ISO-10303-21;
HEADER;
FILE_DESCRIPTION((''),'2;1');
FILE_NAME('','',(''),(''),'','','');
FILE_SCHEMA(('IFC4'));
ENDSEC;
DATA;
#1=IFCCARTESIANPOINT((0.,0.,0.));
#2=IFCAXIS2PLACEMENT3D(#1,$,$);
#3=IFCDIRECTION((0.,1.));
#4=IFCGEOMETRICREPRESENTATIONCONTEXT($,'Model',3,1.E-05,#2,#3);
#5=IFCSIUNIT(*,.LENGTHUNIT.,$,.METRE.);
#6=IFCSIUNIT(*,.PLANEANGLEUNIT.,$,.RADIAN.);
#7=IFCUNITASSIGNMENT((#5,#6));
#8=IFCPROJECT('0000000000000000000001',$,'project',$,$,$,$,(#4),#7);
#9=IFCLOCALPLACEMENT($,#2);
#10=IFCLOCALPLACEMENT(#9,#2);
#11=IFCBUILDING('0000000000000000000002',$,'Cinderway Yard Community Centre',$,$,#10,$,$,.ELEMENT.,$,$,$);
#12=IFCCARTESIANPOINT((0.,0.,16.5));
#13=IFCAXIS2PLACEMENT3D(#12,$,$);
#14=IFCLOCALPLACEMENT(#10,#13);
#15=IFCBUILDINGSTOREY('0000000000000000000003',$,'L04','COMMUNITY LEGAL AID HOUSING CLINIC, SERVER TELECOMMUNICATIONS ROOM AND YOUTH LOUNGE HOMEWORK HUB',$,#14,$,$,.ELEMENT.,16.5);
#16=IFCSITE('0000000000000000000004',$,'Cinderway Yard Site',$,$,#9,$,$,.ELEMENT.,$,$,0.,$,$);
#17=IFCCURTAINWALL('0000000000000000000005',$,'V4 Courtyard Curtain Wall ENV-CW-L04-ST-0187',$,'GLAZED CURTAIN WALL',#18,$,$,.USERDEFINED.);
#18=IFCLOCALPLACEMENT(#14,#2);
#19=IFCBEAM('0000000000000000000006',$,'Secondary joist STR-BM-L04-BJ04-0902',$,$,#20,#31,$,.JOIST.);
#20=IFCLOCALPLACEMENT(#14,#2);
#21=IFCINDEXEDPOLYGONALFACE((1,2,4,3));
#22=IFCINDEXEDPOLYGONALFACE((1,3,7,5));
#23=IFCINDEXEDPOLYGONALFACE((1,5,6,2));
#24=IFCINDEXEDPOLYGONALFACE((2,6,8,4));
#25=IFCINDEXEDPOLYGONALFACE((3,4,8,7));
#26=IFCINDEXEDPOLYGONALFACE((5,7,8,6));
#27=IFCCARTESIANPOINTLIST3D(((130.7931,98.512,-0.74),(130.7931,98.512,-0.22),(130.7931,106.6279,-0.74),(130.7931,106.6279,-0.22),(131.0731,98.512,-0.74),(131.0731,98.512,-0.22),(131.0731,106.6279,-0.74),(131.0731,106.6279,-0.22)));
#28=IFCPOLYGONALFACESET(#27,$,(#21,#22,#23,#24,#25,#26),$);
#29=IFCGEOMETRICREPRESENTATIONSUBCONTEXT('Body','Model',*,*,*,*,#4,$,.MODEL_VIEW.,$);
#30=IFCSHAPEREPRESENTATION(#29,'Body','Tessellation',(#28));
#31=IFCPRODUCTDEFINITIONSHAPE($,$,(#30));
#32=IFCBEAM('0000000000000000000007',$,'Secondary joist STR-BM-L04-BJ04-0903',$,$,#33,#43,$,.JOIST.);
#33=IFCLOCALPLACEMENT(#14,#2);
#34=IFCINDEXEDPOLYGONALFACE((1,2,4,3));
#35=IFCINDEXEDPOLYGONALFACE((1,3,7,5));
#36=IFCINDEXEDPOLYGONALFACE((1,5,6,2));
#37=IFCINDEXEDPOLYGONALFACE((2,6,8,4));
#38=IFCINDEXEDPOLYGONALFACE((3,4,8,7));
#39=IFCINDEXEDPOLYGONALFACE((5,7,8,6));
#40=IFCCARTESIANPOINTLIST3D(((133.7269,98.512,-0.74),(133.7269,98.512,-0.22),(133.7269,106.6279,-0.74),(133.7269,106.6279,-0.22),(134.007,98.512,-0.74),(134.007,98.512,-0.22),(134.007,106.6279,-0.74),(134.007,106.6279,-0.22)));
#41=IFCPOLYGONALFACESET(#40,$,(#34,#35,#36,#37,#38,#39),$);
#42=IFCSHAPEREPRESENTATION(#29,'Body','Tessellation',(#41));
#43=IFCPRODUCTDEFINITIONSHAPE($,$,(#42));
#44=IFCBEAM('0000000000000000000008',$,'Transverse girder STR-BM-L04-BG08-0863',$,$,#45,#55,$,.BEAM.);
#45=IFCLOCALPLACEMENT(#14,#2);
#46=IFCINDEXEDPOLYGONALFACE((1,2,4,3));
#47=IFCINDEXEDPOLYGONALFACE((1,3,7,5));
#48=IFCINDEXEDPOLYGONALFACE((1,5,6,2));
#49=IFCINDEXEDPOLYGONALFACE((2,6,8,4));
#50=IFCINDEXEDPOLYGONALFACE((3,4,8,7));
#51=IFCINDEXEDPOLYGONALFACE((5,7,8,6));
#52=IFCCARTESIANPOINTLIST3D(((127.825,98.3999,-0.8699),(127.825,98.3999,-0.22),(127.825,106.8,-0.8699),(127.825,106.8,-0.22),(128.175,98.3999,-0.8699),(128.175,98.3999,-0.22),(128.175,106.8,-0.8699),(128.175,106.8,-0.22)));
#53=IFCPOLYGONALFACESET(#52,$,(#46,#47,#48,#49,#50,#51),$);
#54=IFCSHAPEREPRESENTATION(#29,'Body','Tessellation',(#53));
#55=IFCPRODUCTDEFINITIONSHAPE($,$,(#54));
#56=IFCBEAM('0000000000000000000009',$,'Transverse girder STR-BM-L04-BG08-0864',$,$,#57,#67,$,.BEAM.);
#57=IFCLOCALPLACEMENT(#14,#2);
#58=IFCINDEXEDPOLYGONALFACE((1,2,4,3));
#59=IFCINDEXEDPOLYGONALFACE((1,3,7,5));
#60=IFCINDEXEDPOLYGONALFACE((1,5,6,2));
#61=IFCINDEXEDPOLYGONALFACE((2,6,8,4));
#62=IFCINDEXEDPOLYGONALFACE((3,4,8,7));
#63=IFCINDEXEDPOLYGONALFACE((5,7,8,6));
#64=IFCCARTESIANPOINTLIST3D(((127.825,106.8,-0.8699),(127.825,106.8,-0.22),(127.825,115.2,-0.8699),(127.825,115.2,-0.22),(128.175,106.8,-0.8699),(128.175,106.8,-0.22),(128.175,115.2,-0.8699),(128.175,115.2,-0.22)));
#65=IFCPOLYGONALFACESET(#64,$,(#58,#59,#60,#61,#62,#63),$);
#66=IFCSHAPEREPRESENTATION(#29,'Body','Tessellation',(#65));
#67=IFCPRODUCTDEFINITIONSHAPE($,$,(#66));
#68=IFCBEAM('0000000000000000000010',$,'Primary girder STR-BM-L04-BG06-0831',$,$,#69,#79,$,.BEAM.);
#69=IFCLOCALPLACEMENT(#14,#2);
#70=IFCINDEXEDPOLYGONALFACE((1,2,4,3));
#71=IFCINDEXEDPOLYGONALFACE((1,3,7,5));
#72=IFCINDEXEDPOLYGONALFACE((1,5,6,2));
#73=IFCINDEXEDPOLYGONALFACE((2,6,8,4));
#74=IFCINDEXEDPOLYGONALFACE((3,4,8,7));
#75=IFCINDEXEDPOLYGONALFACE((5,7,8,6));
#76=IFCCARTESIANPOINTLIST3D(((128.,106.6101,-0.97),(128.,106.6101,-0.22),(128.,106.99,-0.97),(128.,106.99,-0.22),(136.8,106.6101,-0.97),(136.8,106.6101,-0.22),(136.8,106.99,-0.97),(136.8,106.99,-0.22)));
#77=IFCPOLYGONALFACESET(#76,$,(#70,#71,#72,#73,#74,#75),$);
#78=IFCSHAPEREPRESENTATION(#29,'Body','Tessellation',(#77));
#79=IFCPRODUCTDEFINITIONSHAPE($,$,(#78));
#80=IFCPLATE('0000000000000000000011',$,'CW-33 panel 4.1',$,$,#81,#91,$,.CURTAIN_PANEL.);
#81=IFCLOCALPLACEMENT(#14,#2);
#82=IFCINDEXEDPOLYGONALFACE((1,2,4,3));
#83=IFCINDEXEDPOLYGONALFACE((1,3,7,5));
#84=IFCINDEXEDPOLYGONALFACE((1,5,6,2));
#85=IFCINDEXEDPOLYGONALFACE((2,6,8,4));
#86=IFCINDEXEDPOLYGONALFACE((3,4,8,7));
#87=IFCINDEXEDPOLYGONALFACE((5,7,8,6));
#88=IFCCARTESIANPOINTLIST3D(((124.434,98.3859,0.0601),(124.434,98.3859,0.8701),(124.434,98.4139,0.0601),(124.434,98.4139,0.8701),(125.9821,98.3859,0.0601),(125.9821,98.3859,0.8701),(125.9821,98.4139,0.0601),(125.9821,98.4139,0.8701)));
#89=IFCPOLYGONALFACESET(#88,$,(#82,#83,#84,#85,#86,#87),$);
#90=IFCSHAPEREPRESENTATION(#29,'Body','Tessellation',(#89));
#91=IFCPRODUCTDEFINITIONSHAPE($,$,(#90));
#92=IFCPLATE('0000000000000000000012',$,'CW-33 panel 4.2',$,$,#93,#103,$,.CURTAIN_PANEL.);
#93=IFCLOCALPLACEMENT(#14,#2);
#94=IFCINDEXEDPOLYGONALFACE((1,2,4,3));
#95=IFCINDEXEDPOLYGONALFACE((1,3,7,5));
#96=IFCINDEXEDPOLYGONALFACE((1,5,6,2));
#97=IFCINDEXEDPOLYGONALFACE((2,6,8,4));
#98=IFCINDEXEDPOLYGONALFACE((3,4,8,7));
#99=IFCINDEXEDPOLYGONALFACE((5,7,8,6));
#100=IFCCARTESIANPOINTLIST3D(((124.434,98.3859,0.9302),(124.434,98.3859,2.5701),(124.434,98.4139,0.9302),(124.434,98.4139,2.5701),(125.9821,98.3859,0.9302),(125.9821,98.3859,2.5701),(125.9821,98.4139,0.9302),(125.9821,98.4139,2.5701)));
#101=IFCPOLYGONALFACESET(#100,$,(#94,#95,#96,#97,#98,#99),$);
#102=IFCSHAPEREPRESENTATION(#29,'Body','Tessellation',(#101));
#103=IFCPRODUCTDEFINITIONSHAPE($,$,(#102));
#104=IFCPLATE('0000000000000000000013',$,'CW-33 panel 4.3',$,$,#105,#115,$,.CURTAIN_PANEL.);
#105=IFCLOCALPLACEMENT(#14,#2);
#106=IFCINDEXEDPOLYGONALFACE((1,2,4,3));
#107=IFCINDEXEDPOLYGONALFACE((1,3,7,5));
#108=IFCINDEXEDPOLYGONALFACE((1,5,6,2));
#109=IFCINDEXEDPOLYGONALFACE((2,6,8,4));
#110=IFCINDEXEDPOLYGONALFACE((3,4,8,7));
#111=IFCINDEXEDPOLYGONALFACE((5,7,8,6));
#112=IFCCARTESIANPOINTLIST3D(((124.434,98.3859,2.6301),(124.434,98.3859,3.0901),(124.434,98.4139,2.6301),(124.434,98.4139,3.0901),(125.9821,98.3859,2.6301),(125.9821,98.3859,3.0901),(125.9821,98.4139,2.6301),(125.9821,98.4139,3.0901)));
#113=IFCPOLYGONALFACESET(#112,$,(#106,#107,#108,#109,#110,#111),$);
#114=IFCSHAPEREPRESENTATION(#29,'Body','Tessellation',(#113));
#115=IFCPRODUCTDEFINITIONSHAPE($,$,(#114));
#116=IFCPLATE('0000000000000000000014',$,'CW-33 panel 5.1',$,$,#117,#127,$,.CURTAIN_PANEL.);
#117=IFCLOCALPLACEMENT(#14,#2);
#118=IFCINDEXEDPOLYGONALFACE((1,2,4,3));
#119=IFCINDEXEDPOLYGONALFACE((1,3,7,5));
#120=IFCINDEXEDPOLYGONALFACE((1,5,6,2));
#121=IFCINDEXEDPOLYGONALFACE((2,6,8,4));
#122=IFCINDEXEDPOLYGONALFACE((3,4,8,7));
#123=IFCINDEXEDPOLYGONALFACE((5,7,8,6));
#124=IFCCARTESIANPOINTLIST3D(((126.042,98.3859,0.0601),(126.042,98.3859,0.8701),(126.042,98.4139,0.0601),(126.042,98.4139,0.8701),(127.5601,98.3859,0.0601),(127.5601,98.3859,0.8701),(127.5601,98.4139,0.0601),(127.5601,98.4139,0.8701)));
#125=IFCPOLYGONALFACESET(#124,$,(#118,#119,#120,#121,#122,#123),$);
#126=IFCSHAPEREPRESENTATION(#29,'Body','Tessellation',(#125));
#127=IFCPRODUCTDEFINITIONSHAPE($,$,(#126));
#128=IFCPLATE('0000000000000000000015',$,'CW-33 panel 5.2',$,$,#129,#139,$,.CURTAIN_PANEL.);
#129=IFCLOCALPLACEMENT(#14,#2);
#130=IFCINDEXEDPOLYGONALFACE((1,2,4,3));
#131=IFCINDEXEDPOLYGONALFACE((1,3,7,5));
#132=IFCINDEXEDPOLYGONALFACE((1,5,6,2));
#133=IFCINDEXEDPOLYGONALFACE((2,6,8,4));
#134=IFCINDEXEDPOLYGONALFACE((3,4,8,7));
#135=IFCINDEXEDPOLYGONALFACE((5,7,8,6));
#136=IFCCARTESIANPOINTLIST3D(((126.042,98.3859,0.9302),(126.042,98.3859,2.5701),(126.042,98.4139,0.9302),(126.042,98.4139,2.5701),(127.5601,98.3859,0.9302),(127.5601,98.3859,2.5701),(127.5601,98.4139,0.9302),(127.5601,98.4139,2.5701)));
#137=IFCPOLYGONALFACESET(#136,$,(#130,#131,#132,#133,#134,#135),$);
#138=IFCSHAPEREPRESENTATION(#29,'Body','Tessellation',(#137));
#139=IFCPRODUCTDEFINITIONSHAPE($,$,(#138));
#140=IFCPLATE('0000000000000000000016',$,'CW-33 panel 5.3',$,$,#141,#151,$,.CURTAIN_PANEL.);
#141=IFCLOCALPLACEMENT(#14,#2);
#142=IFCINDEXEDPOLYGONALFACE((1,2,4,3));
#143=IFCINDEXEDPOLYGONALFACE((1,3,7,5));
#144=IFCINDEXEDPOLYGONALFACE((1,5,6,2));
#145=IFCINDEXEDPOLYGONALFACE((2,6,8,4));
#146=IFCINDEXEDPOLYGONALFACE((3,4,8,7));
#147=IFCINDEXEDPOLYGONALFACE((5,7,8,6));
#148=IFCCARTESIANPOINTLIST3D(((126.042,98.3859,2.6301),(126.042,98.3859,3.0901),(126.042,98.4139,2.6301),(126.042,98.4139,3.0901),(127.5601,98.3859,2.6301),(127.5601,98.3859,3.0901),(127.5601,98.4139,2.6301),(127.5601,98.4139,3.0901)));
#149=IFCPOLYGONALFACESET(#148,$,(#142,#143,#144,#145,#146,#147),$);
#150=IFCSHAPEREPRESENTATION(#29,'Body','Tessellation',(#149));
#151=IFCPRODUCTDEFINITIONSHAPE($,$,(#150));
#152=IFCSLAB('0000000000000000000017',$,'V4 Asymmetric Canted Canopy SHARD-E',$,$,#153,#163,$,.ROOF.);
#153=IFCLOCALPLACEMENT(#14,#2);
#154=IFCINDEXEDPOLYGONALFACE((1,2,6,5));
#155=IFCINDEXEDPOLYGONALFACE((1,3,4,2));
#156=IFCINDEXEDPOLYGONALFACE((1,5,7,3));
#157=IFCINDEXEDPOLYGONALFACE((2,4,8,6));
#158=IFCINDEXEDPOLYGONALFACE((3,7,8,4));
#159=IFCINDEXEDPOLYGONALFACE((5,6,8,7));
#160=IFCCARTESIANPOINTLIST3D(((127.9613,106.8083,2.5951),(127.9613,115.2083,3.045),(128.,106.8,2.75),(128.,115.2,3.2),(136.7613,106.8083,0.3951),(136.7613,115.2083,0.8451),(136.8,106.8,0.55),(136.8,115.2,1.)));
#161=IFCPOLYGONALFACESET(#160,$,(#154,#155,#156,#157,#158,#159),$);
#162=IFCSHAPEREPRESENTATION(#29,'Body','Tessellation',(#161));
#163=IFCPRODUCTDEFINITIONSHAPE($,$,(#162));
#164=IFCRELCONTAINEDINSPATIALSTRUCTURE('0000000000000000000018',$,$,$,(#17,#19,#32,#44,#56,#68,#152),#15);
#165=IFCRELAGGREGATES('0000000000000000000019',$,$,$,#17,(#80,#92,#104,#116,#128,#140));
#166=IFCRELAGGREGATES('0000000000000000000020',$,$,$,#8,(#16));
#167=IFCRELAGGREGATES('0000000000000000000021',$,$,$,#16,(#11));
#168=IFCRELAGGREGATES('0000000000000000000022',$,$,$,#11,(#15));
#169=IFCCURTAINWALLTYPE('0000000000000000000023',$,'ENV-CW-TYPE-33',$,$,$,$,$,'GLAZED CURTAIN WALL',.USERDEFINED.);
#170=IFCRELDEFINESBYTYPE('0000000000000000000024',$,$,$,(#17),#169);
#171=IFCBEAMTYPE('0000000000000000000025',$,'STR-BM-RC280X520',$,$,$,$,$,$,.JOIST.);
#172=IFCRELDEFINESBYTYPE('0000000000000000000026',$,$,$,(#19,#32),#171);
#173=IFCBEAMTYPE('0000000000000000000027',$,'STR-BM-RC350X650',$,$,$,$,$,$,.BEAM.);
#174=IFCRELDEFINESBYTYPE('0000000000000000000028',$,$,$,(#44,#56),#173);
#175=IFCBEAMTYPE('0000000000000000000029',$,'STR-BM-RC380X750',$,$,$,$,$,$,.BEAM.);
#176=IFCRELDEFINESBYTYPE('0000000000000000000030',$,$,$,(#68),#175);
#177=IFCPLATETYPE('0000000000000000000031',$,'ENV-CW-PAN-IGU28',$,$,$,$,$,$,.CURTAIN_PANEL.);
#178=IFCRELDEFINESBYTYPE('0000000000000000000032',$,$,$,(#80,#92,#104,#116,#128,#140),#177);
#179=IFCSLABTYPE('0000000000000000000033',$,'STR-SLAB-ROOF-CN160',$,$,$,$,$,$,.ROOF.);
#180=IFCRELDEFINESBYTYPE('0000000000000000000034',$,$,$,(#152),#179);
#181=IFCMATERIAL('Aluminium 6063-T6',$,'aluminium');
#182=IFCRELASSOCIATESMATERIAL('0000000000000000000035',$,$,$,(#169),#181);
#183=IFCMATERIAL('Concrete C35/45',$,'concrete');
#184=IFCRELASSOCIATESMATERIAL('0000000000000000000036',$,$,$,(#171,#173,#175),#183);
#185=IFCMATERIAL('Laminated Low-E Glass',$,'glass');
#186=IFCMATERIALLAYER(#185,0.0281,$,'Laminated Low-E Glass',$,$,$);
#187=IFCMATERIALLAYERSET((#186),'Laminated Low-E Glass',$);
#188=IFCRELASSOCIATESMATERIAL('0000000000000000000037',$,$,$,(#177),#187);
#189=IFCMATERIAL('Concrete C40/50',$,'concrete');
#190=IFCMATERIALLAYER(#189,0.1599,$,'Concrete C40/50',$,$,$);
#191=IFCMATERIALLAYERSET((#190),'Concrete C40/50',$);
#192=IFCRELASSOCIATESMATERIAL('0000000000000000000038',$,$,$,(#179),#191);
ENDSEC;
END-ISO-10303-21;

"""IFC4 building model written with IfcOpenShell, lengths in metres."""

from ifc_helpers import new_model, si_unit, direction, frame, origin, origin_2d, place, context, subcontext, project, spatial, polyline, rectangle, outline, extrude, material, layer, layer_set, material_profile, profile_set, type_object, element, aggregate, save


model = new_model("IFC4")

# Units and contexts
model_context = context("Model", 3, precision=1e-05, world=origin(), true_north=direction((0.0, 1.0)))
body_context = subcontext(model_context, "Body", "Model", "MODEL_VIEW")
ifc_project = project(units=[si_unit("LENGTHUNIT", "METRE"), si_unit("PLANEANGLEUNIT", "RADIAN")], contexts=[model_context])

# Site, building, storey
site_placement = place(None, origin())
site = spatial("IfcSite", under=ifc_project, at=site_placement, Name="Cinderway Yard Site", CompositionType="ELEMENT", RefElevation=0.0)
building_placement = place(site_placement, origin())
building = spatial("IfcBuilding", under=site, at=building_placement, Name="Cinderway Yard Community Centre", CompositionType="ELEMENT")
storey_placement = place(building_placement, frame((0.0, 0.0, 16.5)))
storey = spatial("IfcBuildingStorey", under=building, at=storey_placement, Name="L04", Description="COMMUNITY LEGAL AID HOUSING CLINIC, SERVER TELECOMMUNICATIONS ROOM AND YOUTH LOUNGE HOMEWORK HUB", CompositionType="ELEMENT", Elevation=16.5)

# Shared definitions
ifc_material_1 = material(Name="Concrete C40/50", Category="concrete")

# Curtain wall
ifc_material_2 = material(Name="Aluminium 6063-T6", Category="aluminium")
curtain_wall_type = type_object("IfcCurtainWallType", Name="ENV-CW-TYPE-33", ElementType="GLAZED CURTAIN WALL", PredefinedType="USERDEFINED", material=ifc_material_2)
curtain_wall_placement = place(storey_placement, origin())
curtain_wall = element("IfcCurtainWall", 1, at=curtain_wall_placement, inside=storey, type_object=curtain_wall_type, Name="V4 Courtyard Curtain Wall ENV-CW-L04-ST-0187", ObjectType="GLAZED CURTAIN WALL", PredefinedType="USERDEFINED")

# Beams
ifc_material_3 = material(Name="Concrete C35/45", Category="concrete")
ifc_material_profile_1 = material_profile(ifc_material_3, rectangle(XDim=0.28, YDim=0.52, at=origin_2d()), Name="Concrete C35/45")
ifc_profile_set_1 = profile_set([ifc_material_profile_1], Name="Concrete C35/45")
beam_type_1 = type_object("IfcBeamType", Name="STR-BM-RC280X520", PredefinedType="JOIST", material=ifc_profile_set_1)
for number, where, z_axis, x_axis, name in (
    (2, (130.9331, 98.512, -0.48), (0.0, 1.0, 0.0), (-1.0, 0.0, 0.0), "Secondary joist STR-BM-L04-BJ04-0902"),
    (3, (133.8669, 98.512, -0.48), (0.0, 1.0, 0.0), (-1.0, 0.0, 0.0), "Secondary joist STR-BM-L04-BJ04-0903"),
):
    element("IfcBeam", number, at=place(storey_placement, frame(where, z_axis=z_axis, x_axis=x_axis)), inside=storey, type_object=beam_type_1, Name=name, PredefinedType="JOIST", context=body_context, shape_type="SweptSolid", body=[
        extrude(rectangle(XDim=0.28, YDim=0.52, at=origin_2d()), origin(), (0.0, 0.0, 1.0), 8.116),
    ])
ifc_material_profile_2 = material_profile(ifc_material_3, rectangle(XDim=0.3501, YDim=0.6499, at=origin_2d()), Name="Concrete C35/45")
ifc_profile_set_2 = profile_set([ifc_material_profile_2], Name="Concrete C35/45")
beam_type_2 = type_object("IfcBeamType", Name="STR-BM-RC350X650", PredefinedType="BEAM", material=ifc_profile_set_2)
beam_1_placement = place(storey_placement, frame((128.0, 98.3999, -0.5449), z_axis=(0.0, 1.0, 0.0), x_axis=(-1.0, 0.0, 0.0)))
element("IfcBeam", 4, at=beam_1_placement, inside=storey, type_object=beam_type_2, Name="Transverse girder STR-BM-L04-BG08-0863", PredefinedType="BEAM", context=body_context, shape_type="SweptSolid", body=[
    extrude(rectangle(XDim=0.3501, YDim=0.6499, at=origin_2d()), origin(), (0.0, 0.0, 1.0), 8.4001),
])
beam_2_placement = place(storey_placement, frame((128.0, 106.8, -0.5449), z_axis=(0.0, 1.0, 0.0), x_axis=(-1.0, 0.0, 0.0)))
element("IfcBeam", 5, at=beam_2_placement, inside=storey, type_object=beam_type_2, Name="Transverse girder STR-BM-L04-BG08-0864", PredefinedType="BEAM", context=body_context, shape_type="SweptSolid", body=[
    extrude(rectangle(XDim=0.3501, YDim=0.6499, at=origin_2d()), origin(), (0.0, 0.0, 1.0), 8.3999),
])
ifc_material_profile_3 = material_profile(ifc_material_3, rectangle(XDim=0.3799, YDim=0.75, at=origin_2d()), Name="Concrete C35/45")
ifc_profile_set_3 = profile_set([ifc_material_profile_3], Name="Concrete C35/45")
beam_type_3 = type_object("IfcBeamType", Name="STR-BM-RC380X750", PredefinedType="BEAM", material=ifc_profile_set_3)
beam_3_placement = place(storey_placement, frame((128.0, 106.8, -0.595), z_axis=(1.0, 0.0, 0.0), x_axis=(0.0, 1.0, 0.0)))
element("IfcBeam", 6, at=beam_3_placement, inside=storey, type_object=beam_type_3, Name="Primary girder STR-BM-L04-BG06-0831", PredefinedType="BEAM", context=body_context, shape_type="SweptSolid", body=[
    extrude(rectangle(XDim=0.3799, YDim=0.75, at=origin_2d()), origin(), (0.0, 0.0, 1.0), 8.8),
])

# Plates
ifc_material_4 = material(Name="Laminated Low-E Glass", Category="glass")
ifc_layer_1 = layer(ifc_material_4, 0.0281, Name="Laminated Low-E Glass")
ifc_layer_set_1 = layer_set([ifc_layer_1], Name="Laminated Low-E Glass")
plate_type = type_object("IfcPlateType", Name="ENV-CW-PAN-IGU28", PredefinedType="CURTAIN_PANEL", material=ifc_layer_set_1)
plate_1_placement = place(storey_placement, frame((125.208, 98.3999, 0.0601), z_axis=(0.0, 0.0, 1.0), x_axis=(1.0, 0.0, 0.0)))
plate_1 = element("IfcPlate", 7, at=plate_1_placement, type_object=plate_type, Name="CW-33 panel 4.1", PredefinedType="CURTAIN_PANEL", context=body_context, shape_type="SweptSolid", body=[
    extrude(rectangle(XDim=1.5481, YDim=0.0281, at=origin_2d()), origin(), (0.0, 0.0, 1.0), 0.8101),
])
plate_2_placement = place(storey_placement, frame((125.208, 98.3999, 0.9302), z_axis=(0.0, 0.0, 1.0), x_axis=(1.0, 0.0, 0.0)))
plate_2 = element("IfcPlate", 8, at=plate_2_placement, type_object=plate_type, Name="CW-33 panel 4.2", PredefinedType="CURTAIN_PANEL", context=body_context, shape_type="SweptSolid", body=[
    extrude(rectangle(XDim=1.5481, YDim=0.0281, at=origin_2d()), origin(), (0.0, 0.0, 1.0), 1.6399),
])
plate_3_placement = place(storey_placement, frame((125.208, 98.3999, 2.6301), z_axis=(0.0, 0.0, 1.0), x_axis=(1.0, 0.0, 0.0)))
plate_3 = element("IfcPlate", 9, at=plate_3_placement, type_object=plate_type, Name="CW-33 panel 4.3", PredefinedType="CURTAIN_PANEL", context=body_context, shape_type="SweptSolid", body=[
    extrude(rectangle(XDim=1.5481, YDim=0.0281, at=origin_2d()), origin(), (0.0, 0.0, 1.0), 0.46),
])
plate_4_placement = place(storey_placement, frame((126.801, 98.3999, 0.0601), z_axis=(0.0, 0.0, 1.0), x_axis=(1.0, 0.0, 0.0)))
plate_4 = element("IfcPlate", 10, at=plate_4_placement, type_object=plate_type, Name="CW-33 panel 5.1", PredefinedType="CURTAIN_PANEL", context=body_context, shape_type="SweptSolid", body=[
    extrude(rectangle(XDim=1.5181, YDim=0.0281, at=origin_2d()), origin(), (0.0, 0.0, 1.0), 0.8101),
])
plate_5_placement = place(storey_placement, frame((126.801, 98.3999, 0.9302), z_axis=(0.0, 0.0, 1.0), x_axis=(1.0, 0.0, 0.0)))
plate_5 = element("IfcPlate", 11, at=plate_5_placement, type_object=plate_type, Name="CW-33 panel 5.2", PredefinedType="CURTAIN_PANEL", context=body_context, shape_type="SweptSolid", body=[
    extrude(rectangle(XDim=1.5181, YDim=0.0281, at=origin_2d()), origin(), (0.0, 0.0, 1.0), 1.6399),
])
plate_6_placement = place(storey_placement, frame((126.801, 98.3999, 2.6301), z_axis=(0.0, 0.0, 1.0), x_axis=(1.0, 0.0, 0.0)))
plate_6 = element("IfcPlate", 12, at=plate_6_placement, type_object=plate_type, Name="CW-33 panel 5.3", PredefinedType="CURTAIN_PANEL", context=body_context, shape_type="SweptSolid", body=[
    extrude(rectangle(XDim=1.5181, YDim=0.0281, at=origin_2d()), origin(), (0.0, 0.0, 1.0), 0.46),
])
aggregate(curtain_wall, [plate_1, plate_2, plate_3, plate_4, plate_5, plate_6])

# Slab
ifc_layer_2 = layer(ifc_material_1, 0.1599, Name="Concrete C40/50")
ifc_layer_set_2 = layer_set([ifc_layer_2], Name="Concrete C40/50")
slab_type = type_object("IfcSlabType", Name="STR-SLAB-ROOF-CN160", PredefinedType="ROOF", material=ifc_layer_set_2)
slab_placement = place(storey_placement, frame((128.0, 106.8, 2.75), z_axis=(0.242202, -0.051897, 0.968837), x_axis=(0.970144, 0.0, -0.242529)))
element("IfcSlab", 13, at=slab_placement, inside=storey, type_object=slab_type, Name="V4 Asymmetric Canted Canopy SHARD-E", PredefinedType="ROOF", context=body_context, shape_type="SweptSolid", body=[
    extrude(outline(polyline([(0.0, 0.0), (9.0709, 0.0), (8.9617, 8.4112), (-0.1091, 8.4112), (0.0, 0.0)])), origin(), (0.0, 0.0, -1.0), 0.1599),
])

save(model, "model.ifc")
